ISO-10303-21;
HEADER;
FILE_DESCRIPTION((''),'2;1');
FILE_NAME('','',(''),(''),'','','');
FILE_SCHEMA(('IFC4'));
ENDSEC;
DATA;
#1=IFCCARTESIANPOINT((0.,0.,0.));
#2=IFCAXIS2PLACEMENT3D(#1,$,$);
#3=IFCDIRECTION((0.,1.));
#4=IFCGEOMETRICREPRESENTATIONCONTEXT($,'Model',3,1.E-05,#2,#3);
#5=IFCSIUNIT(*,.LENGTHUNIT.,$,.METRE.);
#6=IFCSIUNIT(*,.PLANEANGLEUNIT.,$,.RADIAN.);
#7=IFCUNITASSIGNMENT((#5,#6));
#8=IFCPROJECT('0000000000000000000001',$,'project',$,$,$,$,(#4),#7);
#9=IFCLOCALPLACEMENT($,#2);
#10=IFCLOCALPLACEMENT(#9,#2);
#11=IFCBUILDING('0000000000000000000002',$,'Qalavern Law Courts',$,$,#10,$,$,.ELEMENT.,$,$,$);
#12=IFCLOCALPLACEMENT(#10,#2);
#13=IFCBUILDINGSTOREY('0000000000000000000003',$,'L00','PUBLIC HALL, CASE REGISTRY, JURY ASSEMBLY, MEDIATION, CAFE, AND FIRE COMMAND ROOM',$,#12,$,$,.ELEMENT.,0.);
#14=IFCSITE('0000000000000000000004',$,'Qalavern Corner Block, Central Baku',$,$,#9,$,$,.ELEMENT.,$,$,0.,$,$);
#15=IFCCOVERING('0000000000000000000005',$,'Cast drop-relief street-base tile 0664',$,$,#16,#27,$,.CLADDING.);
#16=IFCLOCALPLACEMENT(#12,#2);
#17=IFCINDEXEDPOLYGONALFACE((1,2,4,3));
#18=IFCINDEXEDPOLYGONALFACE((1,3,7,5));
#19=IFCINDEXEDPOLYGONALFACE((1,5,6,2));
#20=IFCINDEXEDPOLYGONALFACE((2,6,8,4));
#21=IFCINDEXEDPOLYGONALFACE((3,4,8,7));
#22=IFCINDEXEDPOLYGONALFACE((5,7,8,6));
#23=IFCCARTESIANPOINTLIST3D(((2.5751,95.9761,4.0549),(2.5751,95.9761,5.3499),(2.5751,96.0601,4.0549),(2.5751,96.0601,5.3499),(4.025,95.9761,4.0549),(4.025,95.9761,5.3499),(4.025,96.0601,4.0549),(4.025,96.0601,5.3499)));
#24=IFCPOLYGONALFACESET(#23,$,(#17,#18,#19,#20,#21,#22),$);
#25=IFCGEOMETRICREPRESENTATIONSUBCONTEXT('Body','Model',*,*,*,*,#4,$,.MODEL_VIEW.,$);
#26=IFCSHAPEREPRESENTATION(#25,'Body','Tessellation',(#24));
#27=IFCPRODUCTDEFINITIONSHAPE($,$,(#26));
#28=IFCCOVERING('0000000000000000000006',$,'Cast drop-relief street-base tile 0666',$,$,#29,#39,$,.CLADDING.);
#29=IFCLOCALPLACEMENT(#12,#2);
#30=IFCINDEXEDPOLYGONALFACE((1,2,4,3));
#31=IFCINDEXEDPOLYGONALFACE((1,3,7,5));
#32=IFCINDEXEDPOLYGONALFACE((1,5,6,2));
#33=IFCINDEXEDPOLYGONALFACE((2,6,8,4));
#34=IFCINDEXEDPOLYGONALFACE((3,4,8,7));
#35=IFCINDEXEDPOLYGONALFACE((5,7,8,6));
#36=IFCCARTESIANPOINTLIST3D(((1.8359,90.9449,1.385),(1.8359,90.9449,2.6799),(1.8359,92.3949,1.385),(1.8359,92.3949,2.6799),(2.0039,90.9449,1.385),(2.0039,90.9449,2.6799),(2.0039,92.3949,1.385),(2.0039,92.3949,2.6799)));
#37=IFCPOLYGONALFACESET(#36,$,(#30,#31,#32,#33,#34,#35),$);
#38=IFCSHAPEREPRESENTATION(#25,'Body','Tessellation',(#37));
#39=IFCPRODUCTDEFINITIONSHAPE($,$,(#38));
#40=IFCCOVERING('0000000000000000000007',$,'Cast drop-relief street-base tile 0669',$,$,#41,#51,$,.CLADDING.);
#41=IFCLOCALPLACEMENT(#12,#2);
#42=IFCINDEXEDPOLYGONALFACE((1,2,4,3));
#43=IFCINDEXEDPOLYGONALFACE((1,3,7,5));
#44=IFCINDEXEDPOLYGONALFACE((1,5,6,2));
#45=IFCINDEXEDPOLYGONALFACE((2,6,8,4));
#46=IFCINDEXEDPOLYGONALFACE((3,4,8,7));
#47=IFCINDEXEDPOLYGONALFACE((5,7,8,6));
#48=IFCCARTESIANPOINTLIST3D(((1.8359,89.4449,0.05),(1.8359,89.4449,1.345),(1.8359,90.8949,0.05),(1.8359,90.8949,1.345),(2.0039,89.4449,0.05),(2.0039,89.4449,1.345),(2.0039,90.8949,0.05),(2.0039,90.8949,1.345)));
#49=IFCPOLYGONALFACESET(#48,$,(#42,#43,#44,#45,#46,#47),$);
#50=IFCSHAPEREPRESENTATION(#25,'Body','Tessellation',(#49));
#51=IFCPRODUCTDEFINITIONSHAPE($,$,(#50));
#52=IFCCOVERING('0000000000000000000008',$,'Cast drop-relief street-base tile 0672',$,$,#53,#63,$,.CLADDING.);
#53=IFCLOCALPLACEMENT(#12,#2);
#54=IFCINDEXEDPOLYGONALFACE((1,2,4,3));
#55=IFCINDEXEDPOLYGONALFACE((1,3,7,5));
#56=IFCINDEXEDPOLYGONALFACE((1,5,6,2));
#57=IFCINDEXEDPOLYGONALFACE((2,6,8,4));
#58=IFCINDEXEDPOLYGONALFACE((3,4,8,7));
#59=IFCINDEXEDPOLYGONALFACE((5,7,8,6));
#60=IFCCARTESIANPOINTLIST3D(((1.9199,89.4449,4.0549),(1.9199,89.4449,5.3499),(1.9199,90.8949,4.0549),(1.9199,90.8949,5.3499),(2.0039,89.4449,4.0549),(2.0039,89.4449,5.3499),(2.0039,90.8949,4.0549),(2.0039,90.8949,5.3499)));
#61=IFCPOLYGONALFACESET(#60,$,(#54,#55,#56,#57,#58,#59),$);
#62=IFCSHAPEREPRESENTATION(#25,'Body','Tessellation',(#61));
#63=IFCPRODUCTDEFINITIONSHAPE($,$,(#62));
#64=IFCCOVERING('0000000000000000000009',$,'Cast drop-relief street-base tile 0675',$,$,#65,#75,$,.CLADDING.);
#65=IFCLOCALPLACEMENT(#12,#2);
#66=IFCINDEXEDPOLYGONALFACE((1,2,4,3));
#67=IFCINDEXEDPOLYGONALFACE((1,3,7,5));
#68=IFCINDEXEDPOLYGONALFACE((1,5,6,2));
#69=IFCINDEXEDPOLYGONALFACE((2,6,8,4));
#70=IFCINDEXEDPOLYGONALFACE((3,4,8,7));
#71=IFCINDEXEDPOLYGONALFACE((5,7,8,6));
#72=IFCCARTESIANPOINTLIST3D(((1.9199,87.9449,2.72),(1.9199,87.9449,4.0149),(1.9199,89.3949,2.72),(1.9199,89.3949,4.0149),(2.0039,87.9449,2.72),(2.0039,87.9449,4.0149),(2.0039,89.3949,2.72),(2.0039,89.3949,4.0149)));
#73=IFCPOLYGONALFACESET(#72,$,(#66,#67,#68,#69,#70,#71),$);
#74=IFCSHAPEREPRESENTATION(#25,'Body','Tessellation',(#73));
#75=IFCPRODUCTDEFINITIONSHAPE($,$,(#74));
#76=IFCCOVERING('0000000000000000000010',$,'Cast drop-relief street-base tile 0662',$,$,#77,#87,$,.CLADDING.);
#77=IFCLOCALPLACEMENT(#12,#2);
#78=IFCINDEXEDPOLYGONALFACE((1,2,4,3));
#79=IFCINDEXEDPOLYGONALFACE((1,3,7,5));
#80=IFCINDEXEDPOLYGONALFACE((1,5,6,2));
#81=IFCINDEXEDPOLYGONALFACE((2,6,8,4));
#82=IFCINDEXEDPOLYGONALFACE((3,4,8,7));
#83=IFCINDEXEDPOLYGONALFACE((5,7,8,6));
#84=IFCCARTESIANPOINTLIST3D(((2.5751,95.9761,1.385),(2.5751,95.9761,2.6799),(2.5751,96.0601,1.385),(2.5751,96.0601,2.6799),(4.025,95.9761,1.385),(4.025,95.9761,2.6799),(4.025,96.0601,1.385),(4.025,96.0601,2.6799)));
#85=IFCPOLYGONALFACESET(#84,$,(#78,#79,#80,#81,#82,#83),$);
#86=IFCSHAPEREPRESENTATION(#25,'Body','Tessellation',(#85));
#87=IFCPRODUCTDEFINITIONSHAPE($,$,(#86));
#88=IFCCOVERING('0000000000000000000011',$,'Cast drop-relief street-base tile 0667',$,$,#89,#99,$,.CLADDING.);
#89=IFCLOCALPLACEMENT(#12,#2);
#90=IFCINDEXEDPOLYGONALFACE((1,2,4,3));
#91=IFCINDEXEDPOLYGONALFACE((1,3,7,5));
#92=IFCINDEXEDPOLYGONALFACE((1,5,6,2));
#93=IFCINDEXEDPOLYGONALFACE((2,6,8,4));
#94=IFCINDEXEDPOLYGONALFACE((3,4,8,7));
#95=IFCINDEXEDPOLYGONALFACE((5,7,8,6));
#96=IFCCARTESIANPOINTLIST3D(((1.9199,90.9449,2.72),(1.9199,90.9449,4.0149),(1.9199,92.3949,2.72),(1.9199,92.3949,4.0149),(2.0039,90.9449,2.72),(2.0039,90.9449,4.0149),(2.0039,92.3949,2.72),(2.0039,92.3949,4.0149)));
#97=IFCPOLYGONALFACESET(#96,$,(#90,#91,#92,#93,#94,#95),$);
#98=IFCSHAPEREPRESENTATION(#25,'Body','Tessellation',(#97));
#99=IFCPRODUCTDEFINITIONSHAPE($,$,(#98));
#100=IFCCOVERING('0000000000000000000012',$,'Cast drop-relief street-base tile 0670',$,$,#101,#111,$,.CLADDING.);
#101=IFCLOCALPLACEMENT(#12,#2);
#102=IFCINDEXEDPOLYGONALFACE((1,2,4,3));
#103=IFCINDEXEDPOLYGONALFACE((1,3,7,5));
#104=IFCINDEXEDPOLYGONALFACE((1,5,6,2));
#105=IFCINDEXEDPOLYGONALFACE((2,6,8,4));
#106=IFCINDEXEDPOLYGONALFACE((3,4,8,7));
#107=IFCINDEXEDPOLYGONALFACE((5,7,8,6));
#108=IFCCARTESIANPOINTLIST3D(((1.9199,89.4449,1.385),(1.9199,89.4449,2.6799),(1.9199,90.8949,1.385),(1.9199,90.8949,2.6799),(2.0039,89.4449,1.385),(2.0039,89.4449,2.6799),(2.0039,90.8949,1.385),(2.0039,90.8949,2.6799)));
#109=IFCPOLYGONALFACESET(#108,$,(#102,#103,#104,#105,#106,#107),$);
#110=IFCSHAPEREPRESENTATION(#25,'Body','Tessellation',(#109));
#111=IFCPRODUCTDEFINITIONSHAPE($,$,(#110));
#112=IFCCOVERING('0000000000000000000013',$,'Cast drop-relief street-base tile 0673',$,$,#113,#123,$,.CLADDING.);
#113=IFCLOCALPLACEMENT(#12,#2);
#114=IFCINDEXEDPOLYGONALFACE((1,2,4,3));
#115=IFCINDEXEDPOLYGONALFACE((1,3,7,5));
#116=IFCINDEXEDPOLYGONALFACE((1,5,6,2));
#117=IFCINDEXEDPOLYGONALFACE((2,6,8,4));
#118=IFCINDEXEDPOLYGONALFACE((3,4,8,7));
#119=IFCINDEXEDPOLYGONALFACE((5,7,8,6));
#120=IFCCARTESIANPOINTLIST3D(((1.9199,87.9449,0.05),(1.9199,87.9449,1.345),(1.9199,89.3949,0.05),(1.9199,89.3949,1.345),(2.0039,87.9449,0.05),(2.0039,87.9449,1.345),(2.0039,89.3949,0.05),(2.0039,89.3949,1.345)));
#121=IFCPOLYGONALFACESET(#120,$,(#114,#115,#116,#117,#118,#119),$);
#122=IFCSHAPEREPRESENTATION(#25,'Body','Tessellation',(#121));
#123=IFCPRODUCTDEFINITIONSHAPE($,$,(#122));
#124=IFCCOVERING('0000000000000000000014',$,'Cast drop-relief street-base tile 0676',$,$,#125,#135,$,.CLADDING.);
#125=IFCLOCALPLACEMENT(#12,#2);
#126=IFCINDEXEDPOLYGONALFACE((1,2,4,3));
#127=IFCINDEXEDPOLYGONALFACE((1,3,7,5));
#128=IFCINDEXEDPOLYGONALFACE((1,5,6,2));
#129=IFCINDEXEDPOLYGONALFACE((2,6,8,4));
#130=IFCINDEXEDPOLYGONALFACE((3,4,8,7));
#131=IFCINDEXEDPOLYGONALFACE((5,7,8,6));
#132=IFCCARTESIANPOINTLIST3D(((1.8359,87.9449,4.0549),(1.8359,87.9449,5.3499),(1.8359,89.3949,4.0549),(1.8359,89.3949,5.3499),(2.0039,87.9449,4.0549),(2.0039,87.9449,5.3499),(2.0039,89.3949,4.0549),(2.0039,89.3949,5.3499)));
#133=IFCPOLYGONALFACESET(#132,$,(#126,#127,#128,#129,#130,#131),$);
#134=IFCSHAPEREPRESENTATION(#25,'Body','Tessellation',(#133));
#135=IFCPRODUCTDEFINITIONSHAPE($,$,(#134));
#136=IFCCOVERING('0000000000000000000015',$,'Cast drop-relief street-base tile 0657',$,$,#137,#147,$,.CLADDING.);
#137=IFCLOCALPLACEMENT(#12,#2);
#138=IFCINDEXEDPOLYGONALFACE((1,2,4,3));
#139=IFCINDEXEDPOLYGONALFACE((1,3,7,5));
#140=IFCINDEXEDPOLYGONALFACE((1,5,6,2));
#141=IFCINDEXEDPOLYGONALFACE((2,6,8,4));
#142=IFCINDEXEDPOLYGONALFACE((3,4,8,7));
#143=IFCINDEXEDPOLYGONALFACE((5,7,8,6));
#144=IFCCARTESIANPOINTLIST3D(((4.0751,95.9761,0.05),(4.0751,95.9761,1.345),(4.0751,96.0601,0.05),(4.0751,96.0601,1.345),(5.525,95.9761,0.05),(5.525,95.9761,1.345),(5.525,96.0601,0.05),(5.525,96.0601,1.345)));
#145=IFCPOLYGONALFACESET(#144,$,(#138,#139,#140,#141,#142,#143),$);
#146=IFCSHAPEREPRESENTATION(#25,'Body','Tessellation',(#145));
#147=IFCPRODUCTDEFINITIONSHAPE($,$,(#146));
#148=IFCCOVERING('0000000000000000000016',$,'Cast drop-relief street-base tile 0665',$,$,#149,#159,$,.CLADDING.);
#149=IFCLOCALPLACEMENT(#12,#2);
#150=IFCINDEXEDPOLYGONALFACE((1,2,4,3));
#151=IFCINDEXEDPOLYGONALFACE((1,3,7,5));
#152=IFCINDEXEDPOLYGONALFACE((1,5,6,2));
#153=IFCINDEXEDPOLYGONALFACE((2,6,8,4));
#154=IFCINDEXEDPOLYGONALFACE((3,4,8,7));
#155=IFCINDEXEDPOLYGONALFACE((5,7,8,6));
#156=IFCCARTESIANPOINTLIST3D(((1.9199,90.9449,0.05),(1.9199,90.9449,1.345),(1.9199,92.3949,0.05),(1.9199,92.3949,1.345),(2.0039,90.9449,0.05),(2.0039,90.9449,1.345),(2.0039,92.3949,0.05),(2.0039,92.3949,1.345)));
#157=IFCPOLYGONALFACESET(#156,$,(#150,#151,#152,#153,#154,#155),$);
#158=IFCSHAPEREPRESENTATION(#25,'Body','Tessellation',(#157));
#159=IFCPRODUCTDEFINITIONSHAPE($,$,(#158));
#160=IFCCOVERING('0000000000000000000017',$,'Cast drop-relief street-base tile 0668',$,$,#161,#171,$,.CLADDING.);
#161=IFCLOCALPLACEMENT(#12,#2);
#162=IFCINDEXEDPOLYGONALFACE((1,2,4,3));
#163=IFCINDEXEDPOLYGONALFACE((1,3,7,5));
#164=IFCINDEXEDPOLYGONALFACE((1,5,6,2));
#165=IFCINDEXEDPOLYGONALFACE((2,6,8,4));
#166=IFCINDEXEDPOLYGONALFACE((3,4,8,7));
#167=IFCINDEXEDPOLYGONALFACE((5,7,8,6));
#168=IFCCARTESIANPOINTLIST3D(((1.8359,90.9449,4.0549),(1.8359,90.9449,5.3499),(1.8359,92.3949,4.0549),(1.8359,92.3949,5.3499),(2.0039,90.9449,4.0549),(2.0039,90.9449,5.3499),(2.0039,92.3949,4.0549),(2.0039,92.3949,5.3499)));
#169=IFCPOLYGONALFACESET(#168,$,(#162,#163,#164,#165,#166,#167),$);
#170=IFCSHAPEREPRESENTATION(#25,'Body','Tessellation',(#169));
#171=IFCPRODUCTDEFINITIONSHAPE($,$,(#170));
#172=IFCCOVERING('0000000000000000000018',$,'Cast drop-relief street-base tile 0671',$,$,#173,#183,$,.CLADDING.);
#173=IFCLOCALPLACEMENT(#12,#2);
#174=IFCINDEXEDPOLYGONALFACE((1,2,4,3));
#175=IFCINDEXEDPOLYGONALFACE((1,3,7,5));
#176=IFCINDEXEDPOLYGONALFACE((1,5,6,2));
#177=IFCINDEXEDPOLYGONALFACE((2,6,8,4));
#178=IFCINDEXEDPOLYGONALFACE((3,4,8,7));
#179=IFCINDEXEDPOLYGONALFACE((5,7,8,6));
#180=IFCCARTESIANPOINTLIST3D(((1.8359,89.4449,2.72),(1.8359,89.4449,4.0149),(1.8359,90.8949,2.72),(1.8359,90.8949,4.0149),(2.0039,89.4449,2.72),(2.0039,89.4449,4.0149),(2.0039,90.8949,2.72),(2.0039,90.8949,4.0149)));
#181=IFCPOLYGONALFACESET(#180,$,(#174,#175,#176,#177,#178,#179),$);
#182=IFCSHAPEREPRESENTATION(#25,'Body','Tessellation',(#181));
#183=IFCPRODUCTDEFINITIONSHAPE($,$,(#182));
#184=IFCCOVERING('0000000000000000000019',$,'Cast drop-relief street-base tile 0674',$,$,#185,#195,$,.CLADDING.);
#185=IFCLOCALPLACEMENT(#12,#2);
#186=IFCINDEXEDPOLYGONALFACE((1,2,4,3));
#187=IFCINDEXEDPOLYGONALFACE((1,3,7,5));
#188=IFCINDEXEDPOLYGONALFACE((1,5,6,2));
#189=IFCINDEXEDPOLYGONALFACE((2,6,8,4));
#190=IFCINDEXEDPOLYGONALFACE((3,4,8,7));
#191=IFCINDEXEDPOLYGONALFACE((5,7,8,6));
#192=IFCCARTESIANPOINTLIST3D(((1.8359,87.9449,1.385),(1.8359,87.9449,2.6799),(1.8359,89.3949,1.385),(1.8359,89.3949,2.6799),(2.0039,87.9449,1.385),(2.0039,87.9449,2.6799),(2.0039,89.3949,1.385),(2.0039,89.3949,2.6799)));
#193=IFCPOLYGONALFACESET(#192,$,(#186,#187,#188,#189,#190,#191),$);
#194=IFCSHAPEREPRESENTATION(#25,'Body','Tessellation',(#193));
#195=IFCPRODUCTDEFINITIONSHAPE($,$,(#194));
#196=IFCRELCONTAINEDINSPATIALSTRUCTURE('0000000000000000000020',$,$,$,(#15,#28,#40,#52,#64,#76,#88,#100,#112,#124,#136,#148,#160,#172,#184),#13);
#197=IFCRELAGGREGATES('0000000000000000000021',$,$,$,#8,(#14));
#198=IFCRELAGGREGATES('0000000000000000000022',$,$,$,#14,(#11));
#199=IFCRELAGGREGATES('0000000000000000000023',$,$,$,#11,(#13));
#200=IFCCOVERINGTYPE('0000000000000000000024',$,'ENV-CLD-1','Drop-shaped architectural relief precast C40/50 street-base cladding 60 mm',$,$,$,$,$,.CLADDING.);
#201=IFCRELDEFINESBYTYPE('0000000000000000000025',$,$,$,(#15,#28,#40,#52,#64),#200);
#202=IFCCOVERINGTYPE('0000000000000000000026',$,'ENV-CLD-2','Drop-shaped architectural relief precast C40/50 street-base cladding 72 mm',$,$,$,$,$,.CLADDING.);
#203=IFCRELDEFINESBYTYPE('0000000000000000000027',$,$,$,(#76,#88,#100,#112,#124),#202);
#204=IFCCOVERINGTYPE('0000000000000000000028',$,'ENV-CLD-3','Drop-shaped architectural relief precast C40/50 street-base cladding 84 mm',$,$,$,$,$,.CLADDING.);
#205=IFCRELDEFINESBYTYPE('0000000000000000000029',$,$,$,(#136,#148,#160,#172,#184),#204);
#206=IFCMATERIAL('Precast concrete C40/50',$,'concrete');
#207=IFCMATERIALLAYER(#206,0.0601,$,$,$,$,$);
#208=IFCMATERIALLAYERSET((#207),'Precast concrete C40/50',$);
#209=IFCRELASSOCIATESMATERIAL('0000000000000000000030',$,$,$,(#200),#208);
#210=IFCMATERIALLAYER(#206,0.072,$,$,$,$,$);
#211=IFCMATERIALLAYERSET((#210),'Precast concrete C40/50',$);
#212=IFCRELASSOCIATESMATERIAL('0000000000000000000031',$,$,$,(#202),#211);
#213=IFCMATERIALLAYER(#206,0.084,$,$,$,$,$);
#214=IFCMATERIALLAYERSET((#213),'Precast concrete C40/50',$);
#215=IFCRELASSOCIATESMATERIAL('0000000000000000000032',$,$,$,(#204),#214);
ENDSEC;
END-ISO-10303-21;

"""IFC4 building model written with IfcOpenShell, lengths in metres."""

from ifc_helpers import new_model, si_unit, direction, frame, origin, origin_2d, place, context, subcontext, project, spatial, rectangle, extrude, material, layer, layer_set, type_object, element, save


model = new_model("IFC4")

# Units and contexts
model_context = context("Model", 3, precision=1e-05, world=origin(), true_north=direction((0.0, 1.0)))
body_context = subcontext(model_context, "Body", "Model", "MODEL_VIEW")
ifc_project = project(units=[si_unit("LENGTHUNIT", "METRE"), si_unit("PLANEANGLEUNIT", "RADIAN")], contexts=[model_context])

# Site, building, storey
site_placement = place(None, origin())
site = spatial("IfcSite", under=ifc_project, at=site_placement, Name="Qalavern Corner Block, Central Baku", CompositionType="ELEMENT", RefElevation=0.0)
building_placement = place(site_placement, origin())
building = spatial("IfcBuilding", under=site, at=building_placement, Name="Qalavern Law Courts", CompositionType="ELEMENT")
storey_placement = place(building_placement, origin())
storey = spatial("IfcBuildingStorey", under=building, at=storey_placement, Name="L00", Description="PUBLIC HALL, CASE REGISTRY, JURY ASSEMBLY, MEDIATION, CAFE, AND FIRE COMMAND ROOM", CompositionType="ELEMENT", Elevation=0.0)

# Coverings
ifc_material_1 = material(Name="Precast concrete C40/50", Category="concrete")
ifc_layer_1 = layer(ifc_material_1, 0.0601)
ifc_layer_set_1 = layer_set([ifc_layer_1], Name="Precast concrete C40/50")
covering_type_1 = type_object("IfcCoveringType", Name="ENV-CLD-1", Description="Drop-shaped architectural relief precast C40/50 street-base cladding 60 mm", PredefinedType="CLADDING", material=ifc_layer_set_1)
covering_1_placement = place(storey_placement, frame((3.3, 96.0181, 4.0549), z_axis=(0.0, 0.0, 1.0), x_axis=(-1.0, 0.0, 0.0)))
element("IfcCovering", 1, at=covering_1_placement, inside=storey, type_object=covering_type_1, Name="Cast drop-relief street-base tile 0664", PredefinedType="CLADDING", context=body_context, shape_type="SweptSolid", body=[
    extrude(rectangle(XDim=1.45, YDim=0.084, at=origin_2d()), origin(), (0.0, 0.0, 1.0), 1.2949),
])
for number, where, z_axis, x_axis, name in (
    (2, (1.9199, 91.6699, 1.385), (0.0, 0.0, 1.0), (0.0, -1.0, 0.0), "Cast drop-relief street-base tile 0666"),
    (3, (1.9199, 90.1699, 0.05), (0.0, 0.0, 1.0), (0.0, -1.0, 0.0), "Cast drop-relief street-base tile 0669"),
):
    element("IfcCovering", number, at=place(storey_placement, frame(where, z_axis=z_axis, x_axis=x_axis)), inside=storey, type_object=covering_type_1, Name=name, PredefinedType="CLADDING", context=body_context, shape_type="SweptSolid", body=[
        extrude(rectangle(XDim=1.45, YDim=0.168, at=origin_2d()), origin(), (0.0, 0.0, 1.0), 1.2949),
    ])
for number, where, z_axis, x_axis, name in (
    (4, (1.9619, 90.1699, 4.0549), (0.0, 0.0, 1.0), (0.0, -1.0, 0.0), "Cast drop-relief street-base tile 0672"),
    (5, (1.9619, 88.6699, 2.72), (0.0, 0.0, 1.0), (0.0, -1.0, 0.0), "Cast drop-relief street-base tile 0675"),
):
    element("IfcCovering", number, at=place(storey_placement, frame(where, z_axis=z_axis, x_axis=x_axis)), inside=storey, type_object=covering_type_1, Name=name, PredefinedType="CLADDING", context=body_context, shape_type="SweptSolid", body=[
        extrude(rectangle(XDim=1.45, YDim=0.084, at=origin_2d()), origin(), (0.0, 0.0, 1.0), 1.2949),
    ])
ifc_layer_2 = layer(ifc_material_1, 0.072)
ifc_layer_set_2 = layer_set([ifc_layer_2], Name="Precast concrete C40/50")
covering_type_2 = type_object("IfcCoveringType", Name="ENV-CLD-2", Description="Drop-shaped architectural relief precast C40/50 street-base cladding 72 mm", PredefinedType="CLADDING", material=ifc_layer_set_2)
for number, where, z_axis, x_axis, name in (
    (6, (3.3, 96.0181, 1.385), (0.0, 0.0, 1.0), (-1.0, 0.0, 0.0), "Cast drop-relief street-base tile 0662"),
    (7, (1.9619, 91.6699, 2.72), (0.0, 0.0, 1.0), (0.0, -1.0, 0.0), "Cast drop-relief street-base tile 0667"),
    (8, (1.9619, 90.1699, 1.385), (0.0, 0.0, 1.0), (0.0, -1.0, 0.0), "Cast drop-relief street-base tile 0670"),
    (9, (1.9619, 88.6699, 0.05), (0.0, 0.0, 1.0), (0.0, -1.0, 0.0), "Cast drop-relief street-base tile 0673"),
):
    element("IfcCovering", number, at=place(storey_placement, frame(where, z_axis=z_axis, x_axis=x_axis)), inside=storey, type_object=covering_type_2, Name=name, PredefinedType="CLADDING", context=body_context, shape_type="SweptSolid", body=[
        extrude(rectangle(XDim=1.45, YDim=0.084, at=origin_2d()), origin(), (0.0, 0.0, 1.0), 1.2949),
    ])
covering_2_placement = place(storey_placement, frame((1.9199, 88.6699, 4.0549), z_axis=(0.0, 0.0, 1.0), x_axis=(0.0, -1.0, 0.0)))
element("IfcCovering", 10, at=covering_2_placement, inside=storey, type_object=covering_type_2, Name="Cast drop-relief street-base tile 0676", PredefinedType="CLADDING", context=body_context, shape_type="SweptSolid", body=[
    extrude(rectangle(XDim=1.45, YDim=0.168, at=origin_2d()), origin(), (0.0, 0.0, 1.0), 1.2949),
])
ifc_layer_3 = layer(ifc_material_1, 0.084)
ifc_layer_set_3 = layer_set([ifc_layer_3], Name="Precast concrete C40/50")
covering_type_3 = type_object("IfcCoveringType", Name="ENV-CLD-3", Description="Drop-shaped architectural relief precast C40/50 street-base cladding 84 mm", PredefinedType="CLADDING", material=ifc_layer_set_3)
for number, where, z_axis, x_axis, name in (
    (11, (4.8, 96.0181, 0.05), (0.0, 0.0, 1.0), (-1.0, 0.0, 0.0), "Cast drop-relief street-base tile 0657"),
    (12, (1.9619, 91.6699, 0.05), (0.0, 0.0, 1.0), (0.0, -1.0, 0.0), "Cast drop-relief street-base tile 0665"),
):
    element("IfcCovering", number, at=place(storey_placement, frame(where, z_axis=z_axis, x_axis=x_axis)), inside=storey, type_object=covering_type_3, Name=name, PredefinedType="CLADDING", context=body_context, shape_type="SweptSolid", body=[
        extrude(rectangle(XDim=1.45, YDim=0.084, at=origin_2d()), origin(), (0.0, 0.0, 1.0), 1.2949),
    ])
for number, where, z_axis, x_axis, name in (
    (13, (1.9199, 91.6699, 4.0549), (0.0, 0.0, 1.0), (0.0, -1.0, 0.0), "Cast drop-relief street-base tile 0668"),
    (14, (1.9199, 90.1699, 2.72), (0.0, 0.0, 1.0), (0.0, -1.0, 0.0), "Cast drop-relief street-base tile 0671"),
    (15, (1.9199, 88.6699, 1.385), (0.0, 0.0, 1.0), (0.0, -1.0, 0.0), "Cast drop-relief street-base tile 0674"),
):
    element("IfcCovering", number, at=place(storey_placement, frame(where, z_axis=z_axis, x_axis=x_axis)), inside=storey, type_object=covering_type_3, Name=name, PredefinedType="CLADDING", context=body_context, shape_type="SweptSolid", body=[
        extrude(rectangle(XDim=1.45, YDim=0.168, at=origin_2d()), origin(), (0.0, 0.0, 1.0), 1.2949),
    ])

save(model, "model.ifc")
